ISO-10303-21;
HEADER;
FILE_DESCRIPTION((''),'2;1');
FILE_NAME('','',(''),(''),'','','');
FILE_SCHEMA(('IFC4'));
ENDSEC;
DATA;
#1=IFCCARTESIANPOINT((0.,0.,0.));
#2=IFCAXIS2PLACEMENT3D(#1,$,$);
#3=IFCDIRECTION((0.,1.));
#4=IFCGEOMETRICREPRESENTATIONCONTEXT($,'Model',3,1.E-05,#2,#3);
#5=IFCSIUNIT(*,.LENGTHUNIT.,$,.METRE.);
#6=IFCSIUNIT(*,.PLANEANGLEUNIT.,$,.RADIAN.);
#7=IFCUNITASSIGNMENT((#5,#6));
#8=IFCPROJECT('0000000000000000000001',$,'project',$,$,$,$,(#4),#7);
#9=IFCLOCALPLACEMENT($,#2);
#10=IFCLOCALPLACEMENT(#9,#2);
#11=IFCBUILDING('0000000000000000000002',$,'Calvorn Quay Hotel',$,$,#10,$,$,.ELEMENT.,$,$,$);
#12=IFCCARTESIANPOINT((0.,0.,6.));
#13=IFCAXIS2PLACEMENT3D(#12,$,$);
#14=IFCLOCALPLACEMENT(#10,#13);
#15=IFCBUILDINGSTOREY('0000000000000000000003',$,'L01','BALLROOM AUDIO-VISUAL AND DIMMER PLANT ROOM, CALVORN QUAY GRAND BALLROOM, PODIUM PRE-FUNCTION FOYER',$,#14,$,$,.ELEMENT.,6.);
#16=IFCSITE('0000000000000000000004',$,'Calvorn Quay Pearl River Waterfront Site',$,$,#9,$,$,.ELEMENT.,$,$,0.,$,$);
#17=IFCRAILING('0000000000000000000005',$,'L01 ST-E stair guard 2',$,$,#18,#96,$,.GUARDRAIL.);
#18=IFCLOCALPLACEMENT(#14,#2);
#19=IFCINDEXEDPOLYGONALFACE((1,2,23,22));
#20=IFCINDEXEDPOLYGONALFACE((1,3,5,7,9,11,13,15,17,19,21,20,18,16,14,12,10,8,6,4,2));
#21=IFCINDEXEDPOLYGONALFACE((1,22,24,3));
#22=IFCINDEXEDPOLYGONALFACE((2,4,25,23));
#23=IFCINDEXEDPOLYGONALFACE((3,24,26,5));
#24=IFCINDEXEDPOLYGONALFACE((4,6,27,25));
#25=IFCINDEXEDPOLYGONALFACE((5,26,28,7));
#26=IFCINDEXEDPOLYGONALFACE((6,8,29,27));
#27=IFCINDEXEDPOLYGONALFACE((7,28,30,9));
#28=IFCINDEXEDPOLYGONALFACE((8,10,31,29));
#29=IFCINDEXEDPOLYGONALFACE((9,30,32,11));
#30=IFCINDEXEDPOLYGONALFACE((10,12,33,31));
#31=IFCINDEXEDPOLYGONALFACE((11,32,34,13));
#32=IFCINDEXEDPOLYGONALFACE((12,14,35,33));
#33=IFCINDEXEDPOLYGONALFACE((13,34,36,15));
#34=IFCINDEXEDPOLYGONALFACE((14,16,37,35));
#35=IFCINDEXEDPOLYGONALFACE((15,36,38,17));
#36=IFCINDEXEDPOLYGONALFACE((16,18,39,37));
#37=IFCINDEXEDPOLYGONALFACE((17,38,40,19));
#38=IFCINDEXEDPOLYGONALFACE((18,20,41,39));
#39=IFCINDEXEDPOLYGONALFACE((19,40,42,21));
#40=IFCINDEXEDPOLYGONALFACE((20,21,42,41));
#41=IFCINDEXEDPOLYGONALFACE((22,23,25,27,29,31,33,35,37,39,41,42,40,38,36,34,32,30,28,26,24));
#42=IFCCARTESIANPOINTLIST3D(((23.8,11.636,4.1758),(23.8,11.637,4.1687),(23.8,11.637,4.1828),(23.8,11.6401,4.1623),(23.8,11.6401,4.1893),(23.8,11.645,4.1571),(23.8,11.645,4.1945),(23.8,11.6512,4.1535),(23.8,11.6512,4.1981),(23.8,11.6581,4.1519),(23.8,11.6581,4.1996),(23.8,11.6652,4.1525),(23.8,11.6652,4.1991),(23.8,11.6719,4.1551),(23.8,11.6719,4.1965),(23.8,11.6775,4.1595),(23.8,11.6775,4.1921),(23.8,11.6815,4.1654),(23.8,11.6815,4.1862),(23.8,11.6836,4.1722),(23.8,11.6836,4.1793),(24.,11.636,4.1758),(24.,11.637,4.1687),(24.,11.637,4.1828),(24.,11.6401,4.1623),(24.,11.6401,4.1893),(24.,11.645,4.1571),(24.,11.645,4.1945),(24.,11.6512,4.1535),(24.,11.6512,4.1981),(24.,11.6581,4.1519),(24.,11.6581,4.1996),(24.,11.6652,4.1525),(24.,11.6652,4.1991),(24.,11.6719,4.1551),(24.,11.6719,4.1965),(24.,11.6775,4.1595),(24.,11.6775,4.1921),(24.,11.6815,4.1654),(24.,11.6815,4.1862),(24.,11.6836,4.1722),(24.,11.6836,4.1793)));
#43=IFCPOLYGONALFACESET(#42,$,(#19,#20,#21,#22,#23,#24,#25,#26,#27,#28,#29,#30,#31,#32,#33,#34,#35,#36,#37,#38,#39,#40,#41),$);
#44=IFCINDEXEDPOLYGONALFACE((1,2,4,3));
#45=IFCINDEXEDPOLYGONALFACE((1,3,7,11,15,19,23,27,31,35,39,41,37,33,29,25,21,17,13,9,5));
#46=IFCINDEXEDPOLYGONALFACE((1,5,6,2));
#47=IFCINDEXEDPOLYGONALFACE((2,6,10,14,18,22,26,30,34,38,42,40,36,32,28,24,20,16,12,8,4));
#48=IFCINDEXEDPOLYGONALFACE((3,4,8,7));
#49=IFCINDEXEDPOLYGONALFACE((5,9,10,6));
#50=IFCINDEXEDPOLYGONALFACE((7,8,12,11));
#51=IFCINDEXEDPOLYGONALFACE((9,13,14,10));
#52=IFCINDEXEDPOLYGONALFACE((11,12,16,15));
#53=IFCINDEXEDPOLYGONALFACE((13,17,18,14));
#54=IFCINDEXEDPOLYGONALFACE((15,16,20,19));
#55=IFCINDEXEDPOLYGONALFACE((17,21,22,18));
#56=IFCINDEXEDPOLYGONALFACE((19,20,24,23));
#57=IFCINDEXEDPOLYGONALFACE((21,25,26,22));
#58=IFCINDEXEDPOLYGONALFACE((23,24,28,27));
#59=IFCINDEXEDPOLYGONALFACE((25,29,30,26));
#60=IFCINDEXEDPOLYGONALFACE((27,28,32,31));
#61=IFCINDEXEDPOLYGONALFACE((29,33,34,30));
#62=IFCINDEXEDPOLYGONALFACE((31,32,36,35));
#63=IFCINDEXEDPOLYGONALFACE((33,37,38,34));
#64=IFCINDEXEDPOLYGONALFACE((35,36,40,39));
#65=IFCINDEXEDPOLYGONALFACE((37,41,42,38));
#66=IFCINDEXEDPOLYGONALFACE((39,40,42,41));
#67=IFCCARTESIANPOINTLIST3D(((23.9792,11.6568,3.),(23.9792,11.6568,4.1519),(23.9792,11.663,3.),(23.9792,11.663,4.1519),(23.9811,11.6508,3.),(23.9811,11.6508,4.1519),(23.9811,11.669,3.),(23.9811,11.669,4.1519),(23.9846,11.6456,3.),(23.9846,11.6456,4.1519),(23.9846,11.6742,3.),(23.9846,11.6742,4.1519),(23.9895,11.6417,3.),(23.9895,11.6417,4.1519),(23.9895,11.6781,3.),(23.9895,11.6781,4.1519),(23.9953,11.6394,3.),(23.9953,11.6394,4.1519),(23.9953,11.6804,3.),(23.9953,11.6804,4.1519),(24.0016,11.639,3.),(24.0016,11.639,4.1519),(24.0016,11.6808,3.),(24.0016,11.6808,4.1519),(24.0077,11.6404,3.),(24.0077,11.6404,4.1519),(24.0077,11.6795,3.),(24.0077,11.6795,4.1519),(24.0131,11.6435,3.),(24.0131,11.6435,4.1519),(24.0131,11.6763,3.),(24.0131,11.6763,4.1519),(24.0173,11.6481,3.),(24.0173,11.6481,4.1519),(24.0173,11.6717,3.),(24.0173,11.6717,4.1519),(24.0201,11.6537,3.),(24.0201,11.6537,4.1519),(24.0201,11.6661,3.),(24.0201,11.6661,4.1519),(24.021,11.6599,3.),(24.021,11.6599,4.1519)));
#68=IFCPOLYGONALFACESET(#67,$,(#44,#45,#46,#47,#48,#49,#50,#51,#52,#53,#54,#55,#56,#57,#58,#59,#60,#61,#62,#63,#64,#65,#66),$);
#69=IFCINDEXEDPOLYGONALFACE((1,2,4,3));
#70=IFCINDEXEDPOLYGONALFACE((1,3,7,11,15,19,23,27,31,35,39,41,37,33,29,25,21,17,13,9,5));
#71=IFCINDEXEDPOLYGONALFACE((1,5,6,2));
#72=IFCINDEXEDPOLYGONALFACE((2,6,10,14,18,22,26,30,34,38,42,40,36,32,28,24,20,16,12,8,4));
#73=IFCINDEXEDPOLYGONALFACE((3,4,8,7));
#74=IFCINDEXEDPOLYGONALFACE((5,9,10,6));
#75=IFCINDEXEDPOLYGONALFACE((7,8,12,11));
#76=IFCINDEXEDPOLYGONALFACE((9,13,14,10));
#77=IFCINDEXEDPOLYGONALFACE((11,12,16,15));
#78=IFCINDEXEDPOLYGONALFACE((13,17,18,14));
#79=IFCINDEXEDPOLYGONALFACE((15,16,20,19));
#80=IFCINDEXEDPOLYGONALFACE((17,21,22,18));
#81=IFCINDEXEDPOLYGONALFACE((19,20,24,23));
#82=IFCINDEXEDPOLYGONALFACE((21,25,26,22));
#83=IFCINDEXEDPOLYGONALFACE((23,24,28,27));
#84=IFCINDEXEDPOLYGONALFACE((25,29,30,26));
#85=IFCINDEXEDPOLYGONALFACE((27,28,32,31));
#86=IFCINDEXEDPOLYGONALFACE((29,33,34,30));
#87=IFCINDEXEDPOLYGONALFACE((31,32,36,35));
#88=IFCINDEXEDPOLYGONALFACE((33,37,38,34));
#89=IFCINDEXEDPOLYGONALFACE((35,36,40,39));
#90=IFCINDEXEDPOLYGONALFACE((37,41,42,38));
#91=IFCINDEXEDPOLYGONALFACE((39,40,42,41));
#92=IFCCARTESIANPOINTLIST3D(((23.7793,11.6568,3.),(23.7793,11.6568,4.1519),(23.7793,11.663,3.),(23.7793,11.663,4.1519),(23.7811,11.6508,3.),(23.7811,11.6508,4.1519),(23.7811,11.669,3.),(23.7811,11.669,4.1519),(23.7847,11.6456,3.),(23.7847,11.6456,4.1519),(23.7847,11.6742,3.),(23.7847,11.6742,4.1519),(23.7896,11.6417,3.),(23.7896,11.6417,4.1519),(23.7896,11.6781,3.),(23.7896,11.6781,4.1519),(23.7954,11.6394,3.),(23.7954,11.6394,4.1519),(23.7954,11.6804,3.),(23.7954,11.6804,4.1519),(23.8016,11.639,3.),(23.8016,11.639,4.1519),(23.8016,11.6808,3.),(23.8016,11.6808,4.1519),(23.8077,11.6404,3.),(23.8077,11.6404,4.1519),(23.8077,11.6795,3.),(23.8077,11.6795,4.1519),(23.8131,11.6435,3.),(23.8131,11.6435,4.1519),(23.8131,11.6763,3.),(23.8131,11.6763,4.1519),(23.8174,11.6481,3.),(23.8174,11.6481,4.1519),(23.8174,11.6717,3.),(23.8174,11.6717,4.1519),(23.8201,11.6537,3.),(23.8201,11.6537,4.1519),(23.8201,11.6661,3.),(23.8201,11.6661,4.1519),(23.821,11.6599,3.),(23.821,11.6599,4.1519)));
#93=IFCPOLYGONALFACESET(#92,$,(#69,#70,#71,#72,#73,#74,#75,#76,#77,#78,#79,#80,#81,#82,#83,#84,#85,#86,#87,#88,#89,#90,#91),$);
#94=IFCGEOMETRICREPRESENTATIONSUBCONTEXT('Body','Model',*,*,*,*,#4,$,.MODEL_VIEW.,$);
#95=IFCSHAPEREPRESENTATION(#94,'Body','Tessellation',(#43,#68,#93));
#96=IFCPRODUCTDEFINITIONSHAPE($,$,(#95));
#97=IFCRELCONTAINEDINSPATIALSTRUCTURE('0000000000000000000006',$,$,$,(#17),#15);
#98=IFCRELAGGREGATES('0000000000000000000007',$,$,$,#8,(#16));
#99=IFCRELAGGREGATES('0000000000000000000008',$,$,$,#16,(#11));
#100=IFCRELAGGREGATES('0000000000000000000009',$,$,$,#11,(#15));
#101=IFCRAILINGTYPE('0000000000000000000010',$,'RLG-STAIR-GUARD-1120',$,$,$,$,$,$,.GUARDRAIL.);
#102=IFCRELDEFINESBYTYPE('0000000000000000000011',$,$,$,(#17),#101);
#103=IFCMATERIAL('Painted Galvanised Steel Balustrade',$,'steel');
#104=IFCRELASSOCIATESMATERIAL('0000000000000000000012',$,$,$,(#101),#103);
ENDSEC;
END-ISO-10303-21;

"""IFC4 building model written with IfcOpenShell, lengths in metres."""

from ifc_helpers import new_model, si_unit, direction, frame, origin, origin_2d, place, context, subcontext, project, spatial, circle, extrude, material, type_object, element, save


model = new_model("IFC4")

# Units and contexts
model_context = context("Model", 3, precision=1e-05, world=origin(), true_north=direction((0.0, 1.0)))
body_context = subcontext(model_context, "Body", "Model", "MODEL_VIEW")
ifc_project = project(units=[si_unit("LENGTHUNIT", "METRE"), si_unit("PLANEANGLEUNIT", "RADIAN")], contexts=[model_context])

# Site, building, storey
site_placement = place(None, origin())
site = spatial("IfcSite", under=ifc_project, at=site_placement, Name="Calvorn Quay Pearl River Waterfront Site", CompositionType="ELEMENT", RefElevation=0.0)
building_placement = place(site_placement, origin())
building = spatial("IfcBuilding", under=site, at=building_placement, Name="Calvorn Quay Hotel", CompositionType="ELEMENT")
storey_placement = place(building_placement, frame((0.0, 0.0, 6.0)))
storey = spatial("IfcBuildingStorey", under=building, at=storey_placement, Name="L01", Description="BALLROOM AUDIO-VISUAL AND DIMMER PLANT ROOM, CALVORN QUAY GRAND BALLROOM, PODIUM PRE-FUNCTION FOYER", CompositionType="ELEMENT", Elevation=6.0)

# Railing
ifc_material_1 = material(Name="Painted Galvanised Steel Balustrade", Category="steel")
railing_type_1 = type_object("IfcRailingType", Name="RLG-STAIR-GUARD-1120", PredefinedType="GUARDRAIL", material=ifc_material_1)
railing_1_placement = place(storey_placement, frame((24.0, 11.6599, 3.0)))
element("IfcRailing", 1, at=railing_1_placement, inside=storey, type_object=railing_type_1, Name="L01 ST-E stair guard 2", PredefinedType="GUARDRAIL", context=body_context, shape_type="SweptSolid", body=[
    extrude(circle(Radius=0.0239, at=origin_2d()), frame((0.0, 0.0, 1.1758), z_axis=(-1.0, 0.0, 0.0), x_axis=(0.0, -1.0, 0.0)), (0.0, 0.0, 1.0), 0.2),
    extrude(circle(Radius=0.021, at=origin_2d()), origin(), (0.0, 0.0, 1.0), 1.1519),
    extrude(circle(Radius=0.021, at=origin_2d()), frame((-0.2, 0.0, 0.0)), (0.0, 0.0, 1.0), 1.1519),
])

save(model, "model.ifc")
